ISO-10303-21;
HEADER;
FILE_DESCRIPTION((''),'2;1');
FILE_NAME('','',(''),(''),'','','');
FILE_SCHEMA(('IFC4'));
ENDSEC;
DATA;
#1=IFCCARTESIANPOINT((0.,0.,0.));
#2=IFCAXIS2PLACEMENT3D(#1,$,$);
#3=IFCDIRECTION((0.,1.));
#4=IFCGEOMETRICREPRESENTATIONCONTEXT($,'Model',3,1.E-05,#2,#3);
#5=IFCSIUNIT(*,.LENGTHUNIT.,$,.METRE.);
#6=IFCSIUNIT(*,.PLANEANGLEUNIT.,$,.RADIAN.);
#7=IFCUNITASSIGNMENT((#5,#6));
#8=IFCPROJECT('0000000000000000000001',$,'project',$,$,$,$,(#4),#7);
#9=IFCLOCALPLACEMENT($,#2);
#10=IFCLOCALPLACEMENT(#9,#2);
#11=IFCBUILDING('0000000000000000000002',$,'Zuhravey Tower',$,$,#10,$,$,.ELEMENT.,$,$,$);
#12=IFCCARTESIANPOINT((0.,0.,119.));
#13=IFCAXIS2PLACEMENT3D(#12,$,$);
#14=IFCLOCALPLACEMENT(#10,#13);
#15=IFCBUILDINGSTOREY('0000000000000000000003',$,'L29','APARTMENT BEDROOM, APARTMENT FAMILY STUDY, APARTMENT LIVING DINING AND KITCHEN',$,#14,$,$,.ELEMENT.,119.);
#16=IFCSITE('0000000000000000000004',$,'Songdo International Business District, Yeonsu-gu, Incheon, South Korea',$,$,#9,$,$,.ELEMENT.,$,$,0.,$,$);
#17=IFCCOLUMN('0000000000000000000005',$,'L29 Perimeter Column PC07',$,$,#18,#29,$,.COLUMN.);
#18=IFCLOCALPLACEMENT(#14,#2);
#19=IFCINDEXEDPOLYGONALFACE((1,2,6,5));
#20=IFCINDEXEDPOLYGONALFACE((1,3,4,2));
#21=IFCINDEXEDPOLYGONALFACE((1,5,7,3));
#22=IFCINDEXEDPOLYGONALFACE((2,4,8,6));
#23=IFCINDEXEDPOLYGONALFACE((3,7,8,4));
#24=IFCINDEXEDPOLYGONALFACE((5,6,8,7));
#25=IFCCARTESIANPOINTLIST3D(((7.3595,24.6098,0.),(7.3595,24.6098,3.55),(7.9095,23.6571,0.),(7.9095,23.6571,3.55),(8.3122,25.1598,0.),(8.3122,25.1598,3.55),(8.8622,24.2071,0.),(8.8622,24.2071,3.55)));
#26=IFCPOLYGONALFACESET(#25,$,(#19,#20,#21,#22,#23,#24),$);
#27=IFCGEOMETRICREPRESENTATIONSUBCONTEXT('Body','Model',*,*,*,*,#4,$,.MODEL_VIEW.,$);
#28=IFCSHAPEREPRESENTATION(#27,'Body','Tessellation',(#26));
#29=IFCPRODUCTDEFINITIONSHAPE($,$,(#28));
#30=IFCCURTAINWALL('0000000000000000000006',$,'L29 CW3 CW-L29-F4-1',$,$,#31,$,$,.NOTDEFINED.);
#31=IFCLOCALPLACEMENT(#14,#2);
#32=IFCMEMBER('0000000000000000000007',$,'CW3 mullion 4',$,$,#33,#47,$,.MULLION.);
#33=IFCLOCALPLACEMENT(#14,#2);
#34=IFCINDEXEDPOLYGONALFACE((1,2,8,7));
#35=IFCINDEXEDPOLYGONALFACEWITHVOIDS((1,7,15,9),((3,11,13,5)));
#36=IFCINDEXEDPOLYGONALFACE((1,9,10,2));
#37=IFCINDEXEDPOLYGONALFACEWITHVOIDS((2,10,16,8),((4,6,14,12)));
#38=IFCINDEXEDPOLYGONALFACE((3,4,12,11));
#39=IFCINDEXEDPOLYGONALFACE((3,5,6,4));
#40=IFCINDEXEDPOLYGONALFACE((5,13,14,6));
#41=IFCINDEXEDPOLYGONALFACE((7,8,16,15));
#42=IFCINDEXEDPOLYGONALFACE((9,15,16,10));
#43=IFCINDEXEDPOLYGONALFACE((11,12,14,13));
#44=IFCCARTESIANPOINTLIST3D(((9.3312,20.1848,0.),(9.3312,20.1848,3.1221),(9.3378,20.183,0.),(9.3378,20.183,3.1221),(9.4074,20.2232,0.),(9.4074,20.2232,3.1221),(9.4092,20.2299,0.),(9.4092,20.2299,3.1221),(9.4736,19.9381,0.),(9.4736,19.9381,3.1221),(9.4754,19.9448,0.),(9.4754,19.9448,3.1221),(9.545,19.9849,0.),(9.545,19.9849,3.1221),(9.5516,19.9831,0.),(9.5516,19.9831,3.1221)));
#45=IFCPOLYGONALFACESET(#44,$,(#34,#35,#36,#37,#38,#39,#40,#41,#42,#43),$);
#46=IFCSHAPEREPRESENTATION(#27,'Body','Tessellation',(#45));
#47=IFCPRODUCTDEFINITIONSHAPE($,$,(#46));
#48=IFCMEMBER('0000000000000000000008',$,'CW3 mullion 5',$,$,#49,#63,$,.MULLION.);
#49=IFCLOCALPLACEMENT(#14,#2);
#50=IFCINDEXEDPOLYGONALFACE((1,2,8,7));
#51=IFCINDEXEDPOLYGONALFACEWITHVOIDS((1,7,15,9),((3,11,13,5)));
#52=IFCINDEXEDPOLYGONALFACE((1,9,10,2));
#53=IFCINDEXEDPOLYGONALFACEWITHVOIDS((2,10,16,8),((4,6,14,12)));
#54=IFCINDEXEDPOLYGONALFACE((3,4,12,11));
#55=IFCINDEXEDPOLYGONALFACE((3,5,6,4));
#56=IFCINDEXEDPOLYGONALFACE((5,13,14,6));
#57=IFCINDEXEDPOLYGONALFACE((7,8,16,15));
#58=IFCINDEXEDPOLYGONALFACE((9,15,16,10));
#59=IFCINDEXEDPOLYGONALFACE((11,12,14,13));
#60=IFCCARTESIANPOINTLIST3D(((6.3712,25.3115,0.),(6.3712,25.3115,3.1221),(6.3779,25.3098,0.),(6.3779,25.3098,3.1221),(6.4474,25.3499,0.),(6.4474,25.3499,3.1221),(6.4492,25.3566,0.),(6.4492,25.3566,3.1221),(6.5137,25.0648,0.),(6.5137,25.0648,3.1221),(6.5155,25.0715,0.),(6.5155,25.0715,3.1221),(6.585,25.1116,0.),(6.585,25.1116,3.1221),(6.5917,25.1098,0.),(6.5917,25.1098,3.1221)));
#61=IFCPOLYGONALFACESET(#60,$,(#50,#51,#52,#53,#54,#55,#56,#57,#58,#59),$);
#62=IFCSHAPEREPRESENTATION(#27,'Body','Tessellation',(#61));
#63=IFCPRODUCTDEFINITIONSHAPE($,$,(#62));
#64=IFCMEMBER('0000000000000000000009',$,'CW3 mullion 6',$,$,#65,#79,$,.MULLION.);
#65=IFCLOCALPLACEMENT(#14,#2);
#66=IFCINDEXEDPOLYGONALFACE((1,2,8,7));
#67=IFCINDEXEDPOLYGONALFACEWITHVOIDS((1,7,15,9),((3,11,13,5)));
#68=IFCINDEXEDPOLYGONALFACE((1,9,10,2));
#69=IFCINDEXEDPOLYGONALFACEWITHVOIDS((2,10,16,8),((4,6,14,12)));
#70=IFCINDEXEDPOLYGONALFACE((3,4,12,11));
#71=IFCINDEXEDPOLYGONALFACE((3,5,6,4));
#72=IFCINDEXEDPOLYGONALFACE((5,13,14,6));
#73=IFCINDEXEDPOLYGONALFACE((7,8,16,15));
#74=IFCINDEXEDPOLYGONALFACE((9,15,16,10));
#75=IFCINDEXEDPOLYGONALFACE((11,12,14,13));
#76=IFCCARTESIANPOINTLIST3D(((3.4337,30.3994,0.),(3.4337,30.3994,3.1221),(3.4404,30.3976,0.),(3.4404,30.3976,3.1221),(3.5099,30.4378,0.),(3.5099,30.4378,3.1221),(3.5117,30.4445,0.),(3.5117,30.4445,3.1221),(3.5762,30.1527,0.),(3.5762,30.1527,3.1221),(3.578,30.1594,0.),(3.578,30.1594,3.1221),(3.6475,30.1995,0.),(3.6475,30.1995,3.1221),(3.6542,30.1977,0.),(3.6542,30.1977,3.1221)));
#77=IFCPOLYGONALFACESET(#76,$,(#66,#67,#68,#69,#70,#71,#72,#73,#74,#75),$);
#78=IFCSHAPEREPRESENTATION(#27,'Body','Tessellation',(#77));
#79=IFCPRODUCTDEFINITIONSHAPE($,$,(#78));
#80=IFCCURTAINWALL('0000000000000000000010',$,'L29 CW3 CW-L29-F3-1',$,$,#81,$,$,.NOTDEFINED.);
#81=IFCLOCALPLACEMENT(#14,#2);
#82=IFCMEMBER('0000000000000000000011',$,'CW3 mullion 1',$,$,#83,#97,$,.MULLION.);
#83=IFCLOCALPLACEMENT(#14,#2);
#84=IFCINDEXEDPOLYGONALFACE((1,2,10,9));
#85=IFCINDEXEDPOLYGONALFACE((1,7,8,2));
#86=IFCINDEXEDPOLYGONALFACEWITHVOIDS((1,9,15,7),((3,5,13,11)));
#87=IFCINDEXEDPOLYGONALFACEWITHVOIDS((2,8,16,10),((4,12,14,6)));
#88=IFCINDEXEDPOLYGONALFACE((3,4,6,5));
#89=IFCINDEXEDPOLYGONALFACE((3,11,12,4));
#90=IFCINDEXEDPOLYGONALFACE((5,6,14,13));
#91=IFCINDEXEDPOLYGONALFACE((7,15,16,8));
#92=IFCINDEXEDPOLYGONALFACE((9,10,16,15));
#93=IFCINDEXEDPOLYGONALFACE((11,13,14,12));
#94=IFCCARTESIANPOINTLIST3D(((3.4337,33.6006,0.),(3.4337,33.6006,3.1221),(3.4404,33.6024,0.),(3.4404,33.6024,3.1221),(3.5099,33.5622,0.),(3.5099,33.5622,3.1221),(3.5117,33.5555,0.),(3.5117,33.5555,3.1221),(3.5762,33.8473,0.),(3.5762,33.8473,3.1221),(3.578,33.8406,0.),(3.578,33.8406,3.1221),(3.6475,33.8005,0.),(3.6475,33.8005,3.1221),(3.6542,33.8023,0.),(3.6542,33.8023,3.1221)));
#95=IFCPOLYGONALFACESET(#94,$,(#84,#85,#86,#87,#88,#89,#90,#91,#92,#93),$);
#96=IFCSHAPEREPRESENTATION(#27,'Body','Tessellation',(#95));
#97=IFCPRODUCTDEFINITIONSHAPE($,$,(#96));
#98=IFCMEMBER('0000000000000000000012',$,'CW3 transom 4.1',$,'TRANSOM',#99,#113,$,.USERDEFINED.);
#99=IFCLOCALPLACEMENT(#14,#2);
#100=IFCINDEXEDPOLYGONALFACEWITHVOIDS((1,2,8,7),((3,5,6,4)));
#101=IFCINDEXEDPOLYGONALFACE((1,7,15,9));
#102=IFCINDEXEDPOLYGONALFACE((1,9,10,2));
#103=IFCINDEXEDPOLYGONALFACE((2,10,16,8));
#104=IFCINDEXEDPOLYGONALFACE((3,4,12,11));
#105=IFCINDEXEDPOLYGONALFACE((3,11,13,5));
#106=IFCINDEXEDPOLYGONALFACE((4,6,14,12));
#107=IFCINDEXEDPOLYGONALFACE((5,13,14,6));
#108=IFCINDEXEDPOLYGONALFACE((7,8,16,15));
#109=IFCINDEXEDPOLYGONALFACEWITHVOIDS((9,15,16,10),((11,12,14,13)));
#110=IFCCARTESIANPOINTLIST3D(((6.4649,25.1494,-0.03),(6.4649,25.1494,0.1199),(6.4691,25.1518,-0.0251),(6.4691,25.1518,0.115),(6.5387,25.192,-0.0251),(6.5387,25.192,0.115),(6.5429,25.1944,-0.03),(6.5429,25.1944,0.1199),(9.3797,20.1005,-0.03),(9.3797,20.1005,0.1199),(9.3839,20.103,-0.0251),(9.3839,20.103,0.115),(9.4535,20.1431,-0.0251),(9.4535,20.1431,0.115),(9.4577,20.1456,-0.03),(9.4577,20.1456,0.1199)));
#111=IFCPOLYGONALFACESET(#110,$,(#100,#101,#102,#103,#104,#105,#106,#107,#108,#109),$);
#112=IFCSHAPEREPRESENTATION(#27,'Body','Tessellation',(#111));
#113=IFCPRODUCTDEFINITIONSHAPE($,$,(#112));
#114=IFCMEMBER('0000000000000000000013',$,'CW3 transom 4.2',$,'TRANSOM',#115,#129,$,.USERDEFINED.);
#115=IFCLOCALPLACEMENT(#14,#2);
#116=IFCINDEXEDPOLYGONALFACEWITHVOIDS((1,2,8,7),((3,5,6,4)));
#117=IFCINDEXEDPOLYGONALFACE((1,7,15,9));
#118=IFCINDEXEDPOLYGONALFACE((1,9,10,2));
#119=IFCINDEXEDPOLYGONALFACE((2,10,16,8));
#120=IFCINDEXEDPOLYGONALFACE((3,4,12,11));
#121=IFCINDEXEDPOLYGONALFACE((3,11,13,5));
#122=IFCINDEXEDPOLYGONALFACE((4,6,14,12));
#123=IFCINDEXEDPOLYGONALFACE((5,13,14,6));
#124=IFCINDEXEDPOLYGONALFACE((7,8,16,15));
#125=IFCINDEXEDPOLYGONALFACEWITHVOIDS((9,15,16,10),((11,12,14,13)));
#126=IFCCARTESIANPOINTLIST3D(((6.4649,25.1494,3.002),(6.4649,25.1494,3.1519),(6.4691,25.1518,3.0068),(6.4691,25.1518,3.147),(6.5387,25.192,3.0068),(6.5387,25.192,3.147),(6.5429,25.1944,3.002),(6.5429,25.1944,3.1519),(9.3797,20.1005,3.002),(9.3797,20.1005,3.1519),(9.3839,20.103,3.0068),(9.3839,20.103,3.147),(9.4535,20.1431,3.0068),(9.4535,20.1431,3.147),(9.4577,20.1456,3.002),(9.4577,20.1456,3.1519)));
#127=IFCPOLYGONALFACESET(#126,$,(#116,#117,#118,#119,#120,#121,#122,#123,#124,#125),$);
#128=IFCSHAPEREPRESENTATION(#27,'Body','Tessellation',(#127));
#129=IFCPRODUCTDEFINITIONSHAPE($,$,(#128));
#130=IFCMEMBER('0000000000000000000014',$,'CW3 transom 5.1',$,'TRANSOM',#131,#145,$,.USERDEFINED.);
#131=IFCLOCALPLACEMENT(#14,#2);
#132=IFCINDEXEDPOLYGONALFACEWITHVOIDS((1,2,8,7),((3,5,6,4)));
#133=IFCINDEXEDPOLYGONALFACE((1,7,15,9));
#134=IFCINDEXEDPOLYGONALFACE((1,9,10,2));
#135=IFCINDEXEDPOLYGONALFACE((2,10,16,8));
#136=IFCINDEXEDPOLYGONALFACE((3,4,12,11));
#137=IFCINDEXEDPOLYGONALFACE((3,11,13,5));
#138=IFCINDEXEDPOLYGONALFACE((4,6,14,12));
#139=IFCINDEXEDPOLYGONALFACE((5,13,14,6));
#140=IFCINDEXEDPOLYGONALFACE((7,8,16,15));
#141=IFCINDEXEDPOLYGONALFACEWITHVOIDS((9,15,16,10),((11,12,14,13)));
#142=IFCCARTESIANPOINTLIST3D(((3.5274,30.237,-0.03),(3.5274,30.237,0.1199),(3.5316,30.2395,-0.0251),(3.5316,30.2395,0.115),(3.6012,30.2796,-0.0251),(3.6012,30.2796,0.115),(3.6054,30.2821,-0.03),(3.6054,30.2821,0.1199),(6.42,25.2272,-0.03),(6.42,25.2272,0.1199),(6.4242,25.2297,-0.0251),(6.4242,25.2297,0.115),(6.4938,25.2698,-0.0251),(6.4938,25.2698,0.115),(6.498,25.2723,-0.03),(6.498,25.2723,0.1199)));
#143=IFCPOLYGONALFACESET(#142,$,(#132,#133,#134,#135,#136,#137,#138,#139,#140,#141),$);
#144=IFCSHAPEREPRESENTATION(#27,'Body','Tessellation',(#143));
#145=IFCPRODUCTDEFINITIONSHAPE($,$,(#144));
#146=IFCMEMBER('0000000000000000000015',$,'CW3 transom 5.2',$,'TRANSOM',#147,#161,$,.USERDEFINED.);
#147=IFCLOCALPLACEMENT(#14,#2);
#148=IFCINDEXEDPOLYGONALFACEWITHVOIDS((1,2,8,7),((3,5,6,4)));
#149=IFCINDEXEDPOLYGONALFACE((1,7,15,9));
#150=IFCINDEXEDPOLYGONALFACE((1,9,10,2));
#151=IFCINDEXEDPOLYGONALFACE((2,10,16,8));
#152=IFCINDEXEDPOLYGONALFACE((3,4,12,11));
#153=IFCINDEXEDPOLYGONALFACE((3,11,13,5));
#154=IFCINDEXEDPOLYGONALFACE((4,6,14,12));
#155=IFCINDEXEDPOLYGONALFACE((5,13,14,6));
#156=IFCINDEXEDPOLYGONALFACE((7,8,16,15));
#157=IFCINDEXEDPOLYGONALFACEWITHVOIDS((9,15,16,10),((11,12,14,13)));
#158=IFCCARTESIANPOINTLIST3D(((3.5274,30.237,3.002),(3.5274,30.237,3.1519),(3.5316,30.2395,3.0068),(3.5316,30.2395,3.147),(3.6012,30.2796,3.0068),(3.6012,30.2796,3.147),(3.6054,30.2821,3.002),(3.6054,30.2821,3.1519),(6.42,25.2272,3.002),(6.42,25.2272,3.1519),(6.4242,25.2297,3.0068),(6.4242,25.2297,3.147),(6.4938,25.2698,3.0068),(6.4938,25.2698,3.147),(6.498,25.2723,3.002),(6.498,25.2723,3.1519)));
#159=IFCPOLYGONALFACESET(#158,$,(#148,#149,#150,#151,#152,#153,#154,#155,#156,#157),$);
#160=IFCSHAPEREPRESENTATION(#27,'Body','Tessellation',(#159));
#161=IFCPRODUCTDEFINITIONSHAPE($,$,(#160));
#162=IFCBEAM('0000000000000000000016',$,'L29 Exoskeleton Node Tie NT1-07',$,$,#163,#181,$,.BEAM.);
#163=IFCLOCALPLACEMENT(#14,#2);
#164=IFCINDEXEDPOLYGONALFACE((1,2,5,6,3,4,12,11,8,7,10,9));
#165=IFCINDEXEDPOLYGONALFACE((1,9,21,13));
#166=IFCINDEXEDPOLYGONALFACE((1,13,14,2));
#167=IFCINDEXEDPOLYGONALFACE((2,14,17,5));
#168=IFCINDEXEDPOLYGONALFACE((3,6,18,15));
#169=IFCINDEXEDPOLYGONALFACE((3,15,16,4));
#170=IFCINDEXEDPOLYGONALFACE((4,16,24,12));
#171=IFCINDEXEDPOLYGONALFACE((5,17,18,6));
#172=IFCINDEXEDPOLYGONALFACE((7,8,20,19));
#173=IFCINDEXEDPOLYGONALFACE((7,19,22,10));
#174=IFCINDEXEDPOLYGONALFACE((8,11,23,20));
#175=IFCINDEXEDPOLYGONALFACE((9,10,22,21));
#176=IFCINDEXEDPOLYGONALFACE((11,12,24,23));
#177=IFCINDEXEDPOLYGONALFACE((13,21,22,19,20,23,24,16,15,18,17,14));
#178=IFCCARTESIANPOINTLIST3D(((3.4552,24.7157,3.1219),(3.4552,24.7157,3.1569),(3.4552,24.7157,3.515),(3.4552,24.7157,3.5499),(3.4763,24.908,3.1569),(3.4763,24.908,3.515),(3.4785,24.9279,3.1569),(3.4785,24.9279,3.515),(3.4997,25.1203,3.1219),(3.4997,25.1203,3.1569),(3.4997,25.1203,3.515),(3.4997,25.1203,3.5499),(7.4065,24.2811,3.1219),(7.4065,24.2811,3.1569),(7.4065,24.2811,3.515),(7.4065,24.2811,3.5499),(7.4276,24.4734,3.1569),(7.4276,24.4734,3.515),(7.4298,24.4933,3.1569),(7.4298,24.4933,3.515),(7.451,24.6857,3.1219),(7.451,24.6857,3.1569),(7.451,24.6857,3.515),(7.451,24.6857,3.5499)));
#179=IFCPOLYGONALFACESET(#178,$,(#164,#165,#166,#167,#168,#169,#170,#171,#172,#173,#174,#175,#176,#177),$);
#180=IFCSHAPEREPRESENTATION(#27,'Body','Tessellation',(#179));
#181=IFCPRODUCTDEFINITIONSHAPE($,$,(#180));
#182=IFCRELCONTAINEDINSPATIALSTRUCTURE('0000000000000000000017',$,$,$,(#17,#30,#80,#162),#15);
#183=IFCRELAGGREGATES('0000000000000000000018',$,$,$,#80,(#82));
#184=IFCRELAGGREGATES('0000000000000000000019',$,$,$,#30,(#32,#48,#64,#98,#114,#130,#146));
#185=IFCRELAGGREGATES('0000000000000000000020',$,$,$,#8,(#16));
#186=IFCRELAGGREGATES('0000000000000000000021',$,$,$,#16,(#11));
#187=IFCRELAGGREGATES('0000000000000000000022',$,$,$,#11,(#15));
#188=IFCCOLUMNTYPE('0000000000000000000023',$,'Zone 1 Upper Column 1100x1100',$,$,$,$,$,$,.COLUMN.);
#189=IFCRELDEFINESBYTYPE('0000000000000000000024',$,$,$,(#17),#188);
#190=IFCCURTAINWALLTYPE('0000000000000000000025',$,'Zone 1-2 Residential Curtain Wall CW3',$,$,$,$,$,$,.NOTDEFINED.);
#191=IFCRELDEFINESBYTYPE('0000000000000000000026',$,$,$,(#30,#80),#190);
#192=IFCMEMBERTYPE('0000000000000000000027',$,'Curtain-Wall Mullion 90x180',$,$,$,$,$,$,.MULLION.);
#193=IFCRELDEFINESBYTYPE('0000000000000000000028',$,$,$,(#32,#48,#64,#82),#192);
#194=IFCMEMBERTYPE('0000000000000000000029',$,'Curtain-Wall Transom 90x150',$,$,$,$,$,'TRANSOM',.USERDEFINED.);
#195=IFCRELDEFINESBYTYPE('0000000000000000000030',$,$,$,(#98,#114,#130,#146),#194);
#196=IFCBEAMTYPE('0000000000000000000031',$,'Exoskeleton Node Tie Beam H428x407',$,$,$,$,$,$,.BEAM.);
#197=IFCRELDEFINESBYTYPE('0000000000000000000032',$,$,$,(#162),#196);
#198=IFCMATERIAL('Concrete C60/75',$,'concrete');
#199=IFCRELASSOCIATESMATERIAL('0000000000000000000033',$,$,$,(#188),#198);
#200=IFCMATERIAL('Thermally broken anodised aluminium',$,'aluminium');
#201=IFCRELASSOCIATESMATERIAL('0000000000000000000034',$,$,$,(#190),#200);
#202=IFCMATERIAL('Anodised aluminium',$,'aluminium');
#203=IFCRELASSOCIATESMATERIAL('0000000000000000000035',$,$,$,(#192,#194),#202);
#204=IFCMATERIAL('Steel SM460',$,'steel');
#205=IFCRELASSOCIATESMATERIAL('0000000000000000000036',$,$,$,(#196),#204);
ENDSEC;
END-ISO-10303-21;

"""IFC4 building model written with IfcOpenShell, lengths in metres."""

from ifc_helpers import new_model, si_unit, direction, frame, origin, origin_2d, place, context, subcontext, project, spatial, rectangle, hollow_rectangle, i_section, extrude, material, material_profile, profile_set, type_object, element, aggregate, save


model = new_model("IFC4")

# Units and contexts
model_context = context("Model", 3, precision=1e-05, world=origin(), true_north=direction((0.0, 1.0)))
body_context = subcontext(model_context, "Body", "Model", "MODEL_VIEW")
ifc_project = project(units=[si_unit("LENGTHUNIT", "METRE"), si_unit("PLANEANGLEUNIT", "RADIAN")], contexts=[model_context])

# Site, building, storey
site_placement = place(None, origin())
site = spatial("IfcSite", under=ifc_project, at=site_placement, Name="Songdo International Business District, Yeonsu-gu, Incheon, South Korea", CompositionType="ELEMENT", RefElevation=0.0)
building_placement = place(site_placement, origin())
building = spatial("IfcBuilding", under=site, at=building_placement, Name="Zuhravey Tower", CompositionType="ELEMENT")
storey_placement = place(building_placement, frame((0.0, 0.0, 119.0)))
storey = spatial("IfcBuildingStorey", under=building, at=storey_placement, Name="L29", Description="APARTMENT BEDROOM, APARTMENT FAMILY STUDY, APARTMENT LIVING DINING AND KITCHEN", CompositionType="ELEMENT", Elevation=119.0)

# Column
ifc_material_1 = material(Name="Concrete C60/75", Category="concrete")
ifc_material_profile_1 = material_profile(ifc_material_1, rectangle(XDim=1.1001, YDim=1.1001, at=origin_2d()), Name="RC-1100x1100")
ifc_profile_set_1 = profile_set([ifc_material_profile_1], Name="Concrete C60/75")
column_type = type_object("IfcColumnType", Name="Zone 1 Upper Column 1100x1100", PredefinedType="COLUMN", material=ifc_profile_set_1)
column_placement = place(storey_placement, frame((8.1108, 24.4084, 0.0), z_axis=(0.0, 0.0, 1.0), x_axis=(0.5, -0.866025, 0.0)))
element("IfcColumn", 1, at=column_placement, inside=storey, type_object=column_type, Name="L29 Perimeter Column PC07", PredefinedType="COLUMN", context=body_context, shape_type="SweptSolid", body=[
    extrude(rectangle(XDim=1.1001, YDim=1.1001, at=origin_2d()), origin(), (0.0, 0.0, 1.0), 3.55),
])

# Curtain wall, members
ifc_material_2 = material(Name="Thermally broken anodised aluminium", Category="aluminium")
curtain_wall_type = type_object("IfcCurtainWallType", Name="Zone 1-2 Residential Curtain Wall CW3", PredefinedType="NOTDEFINED", material=ifc_material_2)
curtain_wall_1_placement = place(storey_placement, origin())
curtain_wall_1 = element("IfcCurtainWall", 2, at=curtain_wall_1_placement, inside=storey, type_object=curtain_wall_type, Name="L29 CW3 CW-L29-F4-1", PredefinedType="NOTDEFINED")
ifc_material_3 = material(Name="Anodised aluminium", Category="aluminium")
ifc_material_profile_2 = material_profile(ifc_material_3, hollow_rectangle(XDim=0.0901, YDim=0.2849, WallThickness=0.0049, at=origin_2d()), Name="ALU-RHS-90x285x5")
ifc_profile_set_2 = profile_set([ifc_material_profile_2], Name="Anodised aluminium")
member_type_1 = type_object("IfcMemberType", Name="Curtain-Wall Mullion 90x180", PredefinedType="MULLION", material=ifc_profile_set_2)
member_1_placement = place(storey_placement, frame((9.4414, 20.084, 0.0), z_axis=(0.0, 0.0, 1.0), x_axis=(-0.866026, -0.5, 0.0)))
member_1 = element("IfcMember", 3, at=member_1_placement, type_object=member_type_1, Name="CW3 mullion 4", PredefinedType="MULLION", context=body_context, shape_type="SweptSolid", body=[
    extrude(hollow_rectangle(XDim=0.0901, YDim=0.2849, WallThickness=0.0049, at=origin_2d()), origin(), (0.0, 0.0, 1.0), 3.1221),
])
member_2_placement = place(storey_placement, frame((6.4814, 25.2107, 0.0), z_axis=(0.0, 0.0, 1.0), x_axis=(-0.866026, -0.5, 0.0)))
member_2 = element("IfcMember", 4, at=member_2_placement, type_object=member_type_1, Name="CW3 mullion 5", PredefinedType="MULLION", context=body_context, shape_type="SweptSolid", body=[
    extrude(hollow_rectangle(XDim=0.0901, YDim=0.2849, WallThickness=0.0049, at=origin_2d()), origin(), (0.0, 0.0, 1.0), 3.1221),
])
member_3_placement = place(storey_placement, frame((3.5439, 30.2986, 0.0), z_axis=(0.0, 0.0, 1.0), x_axis=(-0.866026, -0.5, 0.0)))
member_3 = element("IfcMember", 5, at=member_3_placement, type_object=member_type_1, Name="CW3 mullion 6", PredefinedType="MULLION", context=body_context, shape_type="SweptSolid", body=[
    extrude(hollow_rectangle(XDim=0.0901, YDim=0.2849, WallThickness=0.0049, at=origin_2d()), origin(), (0.0, 0.0, 1.0), 3.1221),
])

# Curtain wall, member
curtain_wall_2_placement = place(storey_placement, origin())
curtain_wall_2 = element("IfcCurtainWall", 6, at=curtain_wall_2_placement, inside=storey, type_object=curtain_wall_type, Name="L29 CW3 CW-L29-F3-1", PredefinedType="NOTDEFINED")
member_4_placement = place(storey_placement, frame((3.5439, 33.7014, 0.0), z_axis=(0.0, 0.0, 1.0), x_axis=(-0.866025, 0.5, 0.0)))
member_4 = element("IfcMember", 7, at=member_4_placement, type_object=member_type_1, Name="CW3 mullion 1", PredefinedType="MULLION", context=body_context, shape_type="SweptSolid", body=[
    extrude(hollow_rectangle(XDim=0.0901, YDim=0.2849, WallThickness=0.0049, at=origin_2d()), origin(), (0.0, 0.0, 1.0), 3.1221),
])
aggregate(curtain_wall_2, [member_4])

# Members
ifc_material_profile_3 = material_profile(ifc_material_3, hollow_rectangle(XDim=0.0901, YDim=0.1499, WallThickness=0.0049, at=origin_2d()), Name="ALU-RHS-90x150x5")
ifc_profile_set_3 = profile_set([ifc_material_profile_3], Name="Anodised aluminium")
member_type_2 = type_object("IfcMemberType", Name="Curtain-Wall Transom 90x150", ElementType="TRANSOM", PredefinedType="USERDEFINED", material=ifc_profile_set_3)
member_5_placement = place(storey_placement, frame((9.4187, 20.123, 0.0449), z_axis=(-0.499981, 0.866036, 0.0), x_axis=(-0.866036, -0.499981, 0.0)))
member_5 = element("IfcMember", 8, at=member_5_placement, type_object=member_type_2, Name="CW3 transom 4.1", ObjectType="TRANSOM", PredefinedType="USERDEFINED", context=body_context, shape_type="SweptSolid", body=[
    extrude(hollow_rectangle(XDim=0.0901, YDim=0.1499, WallThickness=0.0049, at=origin_2d()), origin(), (0.0, 0.0, 1.0), 5.8298),
])
member_6_placement = place(storey_placement, frame((9.4187, 20.123, 3.0769), z_axis=(-0.499981, 0.866036, 0.0), x_axis=(-0.866036, -0.499981, 0.0)))
member_6 = element("IfcMember", 9, at=member_6_placement, type_object=member_type_2, Name="CW3 transom 4.2", ObjectType="TRANSOM", PredefinedType="USERDEFINED", context=body_context, shape_type="SweptSolid", body=[
    extrude(hollow_rectangle(XDim=0.0901, YDim=0.1499, WallThickness=0.0049, at=origin_2d()), origin(), (0.0, 0.0, 1.0), 5.8298),
])
member_7_placement = place(storey_placement, frame((6.459, 25.2498, 0.0449), z_axis=(-0.500024, 0.866011, 0.0), x_axis=(-0.866011, -0.500024, 0.0)))
member_7 = element("IfcMember", 10, at=member_7_placement, type_object=member_type_2, Name="CW3 transom 5.1", ObjectType="TRANSOM", PredefinedType="USERDEFINED", context=body_context, shape_type="SweptSolid", body=[
    extrude(hollow_rectangle(XDim=0.0901, YDim=0.1499, WallThickness=0.0049, at=origin_2d()), origin(), (0.0, 0.0, 1.0), 5.7849),
])
member_8_placement = place(storey_placement, frame((6.459, 25.2498, 3.0769), z_axis=(-0.500024, 0.866011, 0.0), x_axis=(-0.866011, -0.500024, 0.0)))
member_8 = element("IfcMember", 11, at=member_8_placement, type_object=member_type_2, Name="CW3 transom 5.2", ObjectType="TRANSOM", PredefinedType="USERDEFINED", context=body_context, shape_type="SweptSolid", body=[
    extrude(hollow_rectangle(XDim=0.0901, YDim=0.1499, WallThickness=0.0049, at=origin_2d()), origin(), (0.0, 0.0, 1.0), 5.7849),
])

# Beam
ifc_material_4 = material(Name="Steel SM460", Category="steel")
ifc_material_profile_4 = material_profile(ifc_material_4, i_section(OverallWidth=0.407, OverallDepth=0.428, WebThickness=0.02, FlangeThickness=0.0349, at=origin_2d()), Name="H-428x407x20x35")
ifc_profile_set_4 = profile_set([ifc_material_profile_4], Name="Steel SM460")
beam_type_1 = type_object("IfcBeamType", Name="Exoskeleton Node Tie Beam H428x407", PredefinedType="BEAM", material=ifc_profile_set_4)
beam_1_placement = place(storey_placement, frame((7.4287, 24.4834, 3.3359), z_axis=(-0.994006, 0.109326, 0.0), x_axis=(-0.109326, -0.994006, 0.0)))
element("IfcBeam", 12, at=beam_1_placement, inside=storey, type_object=beam_type_1, Name="L29 Exoskeleton Node Tie NT1-07", PredefinedType="BEAM", context=body_context, shape_type="SweptSolid", body=[
    extrude(i_section(OverallWidth=0.407, OverallDepth=0.428, WebThickness=0.02, FlangeThickness=0.0349, at=origin_2d()), origin(), (0.0, 0.0, 1.0), 3.9751),
])

aggregate(curtain_wall_1, [member_1, member_2, member_3, member_5, member_6, member_7, member_8])

save(model, "model.ifc")
